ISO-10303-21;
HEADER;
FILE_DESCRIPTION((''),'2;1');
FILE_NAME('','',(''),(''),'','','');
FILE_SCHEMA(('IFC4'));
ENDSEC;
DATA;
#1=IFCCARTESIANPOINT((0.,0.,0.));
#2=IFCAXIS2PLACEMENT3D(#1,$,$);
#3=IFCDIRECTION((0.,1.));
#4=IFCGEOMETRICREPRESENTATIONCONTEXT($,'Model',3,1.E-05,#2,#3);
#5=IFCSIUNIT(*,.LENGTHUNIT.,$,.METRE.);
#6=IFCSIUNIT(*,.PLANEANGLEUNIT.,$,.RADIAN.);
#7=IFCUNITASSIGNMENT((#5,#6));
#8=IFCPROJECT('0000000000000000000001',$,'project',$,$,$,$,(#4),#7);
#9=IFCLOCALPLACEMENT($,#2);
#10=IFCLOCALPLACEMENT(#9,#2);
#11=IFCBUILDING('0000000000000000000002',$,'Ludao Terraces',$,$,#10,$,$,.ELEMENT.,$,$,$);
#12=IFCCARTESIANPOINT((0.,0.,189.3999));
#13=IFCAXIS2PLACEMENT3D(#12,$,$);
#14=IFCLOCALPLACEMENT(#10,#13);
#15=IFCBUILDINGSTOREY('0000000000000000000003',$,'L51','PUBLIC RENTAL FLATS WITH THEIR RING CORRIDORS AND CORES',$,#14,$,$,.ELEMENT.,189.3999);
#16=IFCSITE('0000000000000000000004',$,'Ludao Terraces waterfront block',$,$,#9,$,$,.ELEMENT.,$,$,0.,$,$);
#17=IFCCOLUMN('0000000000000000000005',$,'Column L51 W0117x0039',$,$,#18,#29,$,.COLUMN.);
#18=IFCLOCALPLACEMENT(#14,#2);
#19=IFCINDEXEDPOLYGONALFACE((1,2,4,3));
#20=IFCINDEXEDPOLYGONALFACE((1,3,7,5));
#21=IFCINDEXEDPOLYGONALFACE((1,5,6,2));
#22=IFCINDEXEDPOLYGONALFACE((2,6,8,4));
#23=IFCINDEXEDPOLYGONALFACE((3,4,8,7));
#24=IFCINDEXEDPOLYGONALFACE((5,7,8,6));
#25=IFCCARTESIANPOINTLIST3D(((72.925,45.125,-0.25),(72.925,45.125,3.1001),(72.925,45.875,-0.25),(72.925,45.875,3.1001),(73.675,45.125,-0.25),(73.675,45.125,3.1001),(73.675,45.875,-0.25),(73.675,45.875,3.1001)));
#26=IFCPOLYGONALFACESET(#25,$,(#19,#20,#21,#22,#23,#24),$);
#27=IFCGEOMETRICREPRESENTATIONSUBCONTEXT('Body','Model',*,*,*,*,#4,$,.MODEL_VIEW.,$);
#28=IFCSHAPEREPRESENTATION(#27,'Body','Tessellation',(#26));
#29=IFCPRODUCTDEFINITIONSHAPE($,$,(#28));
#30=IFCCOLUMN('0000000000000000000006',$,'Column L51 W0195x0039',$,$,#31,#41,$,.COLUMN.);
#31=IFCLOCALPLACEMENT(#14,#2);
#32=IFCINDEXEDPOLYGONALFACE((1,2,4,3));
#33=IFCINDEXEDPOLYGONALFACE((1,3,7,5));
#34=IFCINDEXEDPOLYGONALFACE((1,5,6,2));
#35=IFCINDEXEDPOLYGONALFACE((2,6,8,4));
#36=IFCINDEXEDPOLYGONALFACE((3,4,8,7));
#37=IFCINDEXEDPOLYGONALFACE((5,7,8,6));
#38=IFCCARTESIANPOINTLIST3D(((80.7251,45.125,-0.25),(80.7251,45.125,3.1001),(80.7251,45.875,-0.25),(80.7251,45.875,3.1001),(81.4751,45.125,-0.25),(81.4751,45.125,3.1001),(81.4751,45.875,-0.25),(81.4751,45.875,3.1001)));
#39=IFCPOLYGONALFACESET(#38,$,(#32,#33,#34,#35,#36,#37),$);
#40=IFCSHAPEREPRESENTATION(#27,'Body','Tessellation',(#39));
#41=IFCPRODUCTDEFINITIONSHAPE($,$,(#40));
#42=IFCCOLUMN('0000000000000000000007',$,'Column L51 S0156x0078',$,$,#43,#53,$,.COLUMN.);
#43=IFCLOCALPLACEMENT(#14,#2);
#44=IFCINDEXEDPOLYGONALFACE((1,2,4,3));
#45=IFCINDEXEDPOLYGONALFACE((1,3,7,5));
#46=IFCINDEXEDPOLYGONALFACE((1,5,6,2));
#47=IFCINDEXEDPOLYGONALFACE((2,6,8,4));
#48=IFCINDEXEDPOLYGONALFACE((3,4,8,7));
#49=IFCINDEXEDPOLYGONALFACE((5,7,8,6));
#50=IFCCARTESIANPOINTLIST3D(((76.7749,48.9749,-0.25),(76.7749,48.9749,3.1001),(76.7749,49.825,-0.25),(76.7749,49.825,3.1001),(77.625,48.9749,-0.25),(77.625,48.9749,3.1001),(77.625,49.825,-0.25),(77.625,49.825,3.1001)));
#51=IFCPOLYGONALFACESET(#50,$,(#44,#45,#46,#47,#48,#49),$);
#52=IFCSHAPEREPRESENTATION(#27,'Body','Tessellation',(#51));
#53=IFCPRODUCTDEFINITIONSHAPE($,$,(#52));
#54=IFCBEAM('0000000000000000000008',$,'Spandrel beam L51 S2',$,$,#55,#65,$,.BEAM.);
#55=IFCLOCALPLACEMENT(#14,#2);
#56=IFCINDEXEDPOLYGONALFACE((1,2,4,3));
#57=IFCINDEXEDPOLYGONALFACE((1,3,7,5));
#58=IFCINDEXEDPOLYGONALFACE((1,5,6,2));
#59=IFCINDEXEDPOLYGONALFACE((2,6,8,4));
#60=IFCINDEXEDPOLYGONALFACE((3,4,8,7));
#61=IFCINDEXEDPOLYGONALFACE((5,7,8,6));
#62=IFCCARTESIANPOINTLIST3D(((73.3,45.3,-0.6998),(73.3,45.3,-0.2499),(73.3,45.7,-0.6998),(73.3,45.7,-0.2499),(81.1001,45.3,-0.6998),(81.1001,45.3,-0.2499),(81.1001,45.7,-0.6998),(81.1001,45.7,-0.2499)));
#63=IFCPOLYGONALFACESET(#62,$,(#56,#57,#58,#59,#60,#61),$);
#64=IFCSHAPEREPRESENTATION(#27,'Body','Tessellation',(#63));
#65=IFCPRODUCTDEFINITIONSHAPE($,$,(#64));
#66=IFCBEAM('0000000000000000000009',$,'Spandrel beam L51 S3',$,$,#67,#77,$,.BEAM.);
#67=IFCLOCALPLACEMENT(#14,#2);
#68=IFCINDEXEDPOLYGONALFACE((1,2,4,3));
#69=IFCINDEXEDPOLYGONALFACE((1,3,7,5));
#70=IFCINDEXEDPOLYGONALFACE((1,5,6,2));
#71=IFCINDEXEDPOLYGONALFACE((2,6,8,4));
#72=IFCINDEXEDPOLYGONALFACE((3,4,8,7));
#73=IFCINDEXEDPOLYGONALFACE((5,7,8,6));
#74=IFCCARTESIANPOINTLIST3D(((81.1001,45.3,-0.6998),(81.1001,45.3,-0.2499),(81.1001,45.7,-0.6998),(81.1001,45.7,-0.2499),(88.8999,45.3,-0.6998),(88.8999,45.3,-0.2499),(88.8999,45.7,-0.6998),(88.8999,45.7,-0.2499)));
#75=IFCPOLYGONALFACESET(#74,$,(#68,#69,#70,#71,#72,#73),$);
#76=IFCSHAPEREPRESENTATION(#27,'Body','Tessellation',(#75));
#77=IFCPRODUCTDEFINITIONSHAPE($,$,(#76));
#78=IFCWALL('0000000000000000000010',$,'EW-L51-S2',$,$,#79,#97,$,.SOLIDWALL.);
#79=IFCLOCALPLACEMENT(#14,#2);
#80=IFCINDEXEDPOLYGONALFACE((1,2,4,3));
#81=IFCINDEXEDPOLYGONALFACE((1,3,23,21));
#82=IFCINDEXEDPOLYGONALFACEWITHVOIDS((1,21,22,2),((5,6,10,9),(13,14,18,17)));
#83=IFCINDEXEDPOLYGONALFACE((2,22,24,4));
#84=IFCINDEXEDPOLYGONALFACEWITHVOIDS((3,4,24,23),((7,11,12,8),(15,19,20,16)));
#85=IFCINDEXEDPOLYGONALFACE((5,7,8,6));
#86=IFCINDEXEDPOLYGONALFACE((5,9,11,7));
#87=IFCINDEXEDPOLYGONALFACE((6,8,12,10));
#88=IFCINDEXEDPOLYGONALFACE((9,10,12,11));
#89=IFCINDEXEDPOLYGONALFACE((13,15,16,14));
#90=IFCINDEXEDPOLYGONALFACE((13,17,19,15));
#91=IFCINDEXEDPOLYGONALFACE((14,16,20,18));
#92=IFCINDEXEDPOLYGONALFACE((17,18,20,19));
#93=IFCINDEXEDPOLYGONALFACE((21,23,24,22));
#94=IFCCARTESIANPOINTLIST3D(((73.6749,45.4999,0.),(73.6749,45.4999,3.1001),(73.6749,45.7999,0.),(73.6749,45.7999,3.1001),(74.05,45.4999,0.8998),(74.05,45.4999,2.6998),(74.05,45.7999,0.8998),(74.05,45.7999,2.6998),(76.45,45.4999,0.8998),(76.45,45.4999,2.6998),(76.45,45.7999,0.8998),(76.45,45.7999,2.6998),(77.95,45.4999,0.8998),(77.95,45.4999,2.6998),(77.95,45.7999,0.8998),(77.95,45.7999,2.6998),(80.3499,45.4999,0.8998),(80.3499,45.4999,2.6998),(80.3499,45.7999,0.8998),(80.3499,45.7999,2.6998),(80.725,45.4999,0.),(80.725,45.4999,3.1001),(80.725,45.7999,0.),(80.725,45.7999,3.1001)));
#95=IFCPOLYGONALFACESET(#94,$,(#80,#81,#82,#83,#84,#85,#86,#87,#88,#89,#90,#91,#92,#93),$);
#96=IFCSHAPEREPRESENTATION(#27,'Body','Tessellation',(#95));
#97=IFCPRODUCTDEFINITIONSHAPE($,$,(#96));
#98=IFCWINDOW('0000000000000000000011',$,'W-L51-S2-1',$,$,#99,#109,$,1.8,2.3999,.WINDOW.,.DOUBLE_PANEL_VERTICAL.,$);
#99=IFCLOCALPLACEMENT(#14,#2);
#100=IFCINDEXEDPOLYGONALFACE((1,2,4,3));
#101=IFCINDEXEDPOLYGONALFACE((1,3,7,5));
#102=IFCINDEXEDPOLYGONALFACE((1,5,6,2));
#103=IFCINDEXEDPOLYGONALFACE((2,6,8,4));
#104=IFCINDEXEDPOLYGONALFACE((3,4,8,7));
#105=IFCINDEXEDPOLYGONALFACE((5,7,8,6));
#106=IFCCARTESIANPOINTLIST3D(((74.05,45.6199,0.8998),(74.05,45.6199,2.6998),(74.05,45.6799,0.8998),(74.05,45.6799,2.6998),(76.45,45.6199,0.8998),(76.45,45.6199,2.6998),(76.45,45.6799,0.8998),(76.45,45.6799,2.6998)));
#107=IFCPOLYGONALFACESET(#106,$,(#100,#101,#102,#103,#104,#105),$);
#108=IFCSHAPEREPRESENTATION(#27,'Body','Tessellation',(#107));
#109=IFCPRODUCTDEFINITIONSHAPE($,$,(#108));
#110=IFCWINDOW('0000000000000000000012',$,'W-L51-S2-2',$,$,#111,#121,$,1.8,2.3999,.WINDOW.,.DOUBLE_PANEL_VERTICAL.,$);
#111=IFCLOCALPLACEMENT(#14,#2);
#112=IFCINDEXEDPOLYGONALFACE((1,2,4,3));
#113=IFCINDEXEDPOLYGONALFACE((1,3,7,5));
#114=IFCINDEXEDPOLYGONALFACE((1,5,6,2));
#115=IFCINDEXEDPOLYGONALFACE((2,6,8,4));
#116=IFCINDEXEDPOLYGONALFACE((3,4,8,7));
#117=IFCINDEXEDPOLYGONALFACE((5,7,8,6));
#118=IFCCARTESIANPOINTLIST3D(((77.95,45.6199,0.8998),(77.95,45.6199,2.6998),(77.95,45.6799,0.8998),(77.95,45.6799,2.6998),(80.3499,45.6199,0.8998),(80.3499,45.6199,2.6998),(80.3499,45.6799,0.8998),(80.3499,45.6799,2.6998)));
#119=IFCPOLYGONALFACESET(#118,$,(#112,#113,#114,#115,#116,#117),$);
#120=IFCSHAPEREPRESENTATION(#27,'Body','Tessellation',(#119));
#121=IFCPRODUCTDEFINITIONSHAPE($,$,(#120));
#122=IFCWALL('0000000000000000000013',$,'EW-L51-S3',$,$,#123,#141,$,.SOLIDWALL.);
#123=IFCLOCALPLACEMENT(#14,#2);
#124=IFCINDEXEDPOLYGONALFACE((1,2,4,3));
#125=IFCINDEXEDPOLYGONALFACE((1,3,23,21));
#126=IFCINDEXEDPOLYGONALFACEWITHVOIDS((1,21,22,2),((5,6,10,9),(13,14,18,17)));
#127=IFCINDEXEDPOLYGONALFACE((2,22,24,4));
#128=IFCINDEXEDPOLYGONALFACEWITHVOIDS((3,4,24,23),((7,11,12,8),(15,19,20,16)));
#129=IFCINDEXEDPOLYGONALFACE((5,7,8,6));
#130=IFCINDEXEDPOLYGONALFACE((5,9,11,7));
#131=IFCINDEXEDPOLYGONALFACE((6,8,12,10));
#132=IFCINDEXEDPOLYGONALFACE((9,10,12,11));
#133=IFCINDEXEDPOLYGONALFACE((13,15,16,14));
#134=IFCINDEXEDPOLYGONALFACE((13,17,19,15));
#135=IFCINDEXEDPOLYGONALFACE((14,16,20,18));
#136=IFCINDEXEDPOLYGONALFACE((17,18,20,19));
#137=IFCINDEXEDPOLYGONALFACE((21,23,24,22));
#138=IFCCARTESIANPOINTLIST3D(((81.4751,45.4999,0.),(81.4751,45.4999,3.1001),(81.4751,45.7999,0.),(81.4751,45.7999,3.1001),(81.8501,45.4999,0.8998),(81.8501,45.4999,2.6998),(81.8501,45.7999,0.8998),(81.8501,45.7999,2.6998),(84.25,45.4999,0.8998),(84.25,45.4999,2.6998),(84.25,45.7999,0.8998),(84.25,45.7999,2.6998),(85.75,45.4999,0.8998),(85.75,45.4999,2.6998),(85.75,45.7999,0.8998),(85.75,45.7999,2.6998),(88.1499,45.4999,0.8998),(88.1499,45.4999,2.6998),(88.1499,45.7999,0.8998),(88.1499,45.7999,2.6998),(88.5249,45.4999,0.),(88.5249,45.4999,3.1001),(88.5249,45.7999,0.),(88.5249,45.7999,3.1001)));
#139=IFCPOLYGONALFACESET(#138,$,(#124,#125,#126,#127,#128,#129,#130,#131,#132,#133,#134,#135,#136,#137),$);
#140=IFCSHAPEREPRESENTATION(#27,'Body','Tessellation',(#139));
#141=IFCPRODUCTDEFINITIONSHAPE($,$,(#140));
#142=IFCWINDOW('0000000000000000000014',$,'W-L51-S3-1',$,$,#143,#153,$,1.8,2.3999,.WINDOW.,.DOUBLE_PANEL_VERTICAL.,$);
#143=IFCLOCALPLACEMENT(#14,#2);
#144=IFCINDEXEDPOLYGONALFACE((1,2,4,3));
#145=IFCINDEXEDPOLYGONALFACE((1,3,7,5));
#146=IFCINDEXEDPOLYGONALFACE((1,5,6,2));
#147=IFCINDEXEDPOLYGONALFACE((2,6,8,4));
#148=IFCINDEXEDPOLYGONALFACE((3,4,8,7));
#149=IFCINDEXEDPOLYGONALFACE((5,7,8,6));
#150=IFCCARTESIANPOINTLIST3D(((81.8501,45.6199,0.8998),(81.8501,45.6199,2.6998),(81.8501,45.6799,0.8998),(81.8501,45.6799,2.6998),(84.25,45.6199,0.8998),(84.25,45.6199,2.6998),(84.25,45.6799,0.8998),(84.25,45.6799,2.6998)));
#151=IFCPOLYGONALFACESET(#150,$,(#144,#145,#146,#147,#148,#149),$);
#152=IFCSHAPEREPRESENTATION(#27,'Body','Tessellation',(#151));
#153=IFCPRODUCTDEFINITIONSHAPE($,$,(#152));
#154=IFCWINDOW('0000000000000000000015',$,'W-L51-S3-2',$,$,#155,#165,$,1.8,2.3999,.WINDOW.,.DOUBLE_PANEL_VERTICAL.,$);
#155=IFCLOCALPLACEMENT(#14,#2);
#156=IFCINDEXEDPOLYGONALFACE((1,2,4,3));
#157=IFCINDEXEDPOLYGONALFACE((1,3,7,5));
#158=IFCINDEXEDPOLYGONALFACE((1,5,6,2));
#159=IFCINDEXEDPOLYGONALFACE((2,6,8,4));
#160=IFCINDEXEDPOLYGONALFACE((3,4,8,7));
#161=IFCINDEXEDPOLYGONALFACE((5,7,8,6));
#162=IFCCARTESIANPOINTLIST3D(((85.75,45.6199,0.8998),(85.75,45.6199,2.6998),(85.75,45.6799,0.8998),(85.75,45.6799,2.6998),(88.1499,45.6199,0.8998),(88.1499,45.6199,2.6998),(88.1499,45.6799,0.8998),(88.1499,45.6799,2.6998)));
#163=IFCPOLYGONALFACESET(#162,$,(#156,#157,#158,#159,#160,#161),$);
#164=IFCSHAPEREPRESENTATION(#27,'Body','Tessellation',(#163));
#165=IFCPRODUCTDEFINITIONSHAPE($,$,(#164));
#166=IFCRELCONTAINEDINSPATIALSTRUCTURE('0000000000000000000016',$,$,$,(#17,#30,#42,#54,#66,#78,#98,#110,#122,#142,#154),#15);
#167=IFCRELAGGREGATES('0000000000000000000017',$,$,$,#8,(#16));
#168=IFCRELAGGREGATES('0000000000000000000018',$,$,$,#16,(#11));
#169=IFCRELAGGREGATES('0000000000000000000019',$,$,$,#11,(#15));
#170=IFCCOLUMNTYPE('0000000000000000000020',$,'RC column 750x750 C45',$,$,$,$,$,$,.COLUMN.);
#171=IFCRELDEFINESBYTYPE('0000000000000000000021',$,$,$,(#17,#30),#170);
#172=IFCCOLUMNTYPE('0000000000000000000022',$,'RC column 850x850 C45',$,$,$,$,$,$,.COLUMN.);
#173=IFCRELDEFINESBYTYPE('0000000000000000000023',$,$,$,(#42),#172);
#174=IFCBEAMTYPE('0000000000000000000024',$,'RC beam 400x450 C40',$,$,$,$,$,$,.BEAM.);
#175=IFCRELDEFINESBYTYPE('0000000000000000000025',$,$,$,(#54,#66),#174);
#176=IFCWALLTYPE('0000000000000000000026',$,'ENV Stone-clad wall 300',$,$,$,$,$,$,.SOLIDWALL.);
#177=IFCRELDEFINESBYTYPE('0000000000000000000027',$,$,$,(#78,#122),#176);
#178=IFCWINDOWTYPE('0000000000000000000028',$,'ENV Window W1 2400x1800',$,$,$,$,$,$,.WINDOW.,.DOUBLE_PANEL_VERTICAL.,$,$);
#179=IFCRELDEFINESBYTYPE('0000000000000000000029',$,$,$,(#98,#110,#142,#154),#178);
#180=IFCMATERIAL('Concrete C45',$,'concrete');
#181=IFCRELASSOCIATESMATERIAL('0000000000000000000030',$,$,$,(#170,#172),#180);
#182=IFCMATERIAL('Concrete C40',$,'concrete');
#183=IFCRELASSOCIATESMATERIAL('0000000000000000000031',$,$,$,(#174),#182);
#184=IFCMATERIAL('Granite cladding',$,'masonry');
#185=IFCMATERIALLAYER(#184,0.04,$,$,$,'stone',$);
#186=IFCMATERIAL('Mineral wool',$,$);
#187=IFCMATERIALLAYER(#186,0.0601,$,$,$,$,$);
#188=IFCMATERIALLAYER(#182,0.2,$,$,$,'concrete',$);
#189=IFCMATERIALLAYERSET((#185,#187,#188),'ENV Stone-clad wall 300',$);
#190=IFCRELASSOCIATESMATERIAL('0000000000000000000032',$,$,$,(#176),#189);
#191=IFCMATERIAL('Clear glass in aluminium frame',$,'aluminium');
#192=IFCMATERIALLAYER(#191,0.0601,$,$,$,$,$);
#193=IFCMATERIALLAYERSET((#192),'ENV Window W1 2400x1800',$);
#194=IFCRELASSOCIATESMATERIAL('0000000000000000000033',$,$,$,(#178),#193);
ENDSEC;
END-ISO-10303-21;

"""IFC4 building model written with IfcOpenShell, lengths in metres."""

from ifc_helpers import new_model, si_unit, direction, frame, frame_2d, origin, origin_2d, place, context, subcontext, project, spatial, rectangle, extrude, material, layer, layer_set, material_profile, profile_set, type_object, element, fill, save


model = new_model("IFC4")

# Units and contexts
model_context = context("Model", 3, precision=1e-05, world=origin(), true_north=direction((0.0, 1.0)))
body_context = subcontext(model_context, "Body", "Model", "MODEL_VIEW")
ifc_project = project(units=[si_unit("LENGTHUNIT", "METRE"), si_unit("PLANEANGLEUNIT", "RADIAN")], contexts=[model_context])

# Site, building, storey
site_placement = place(None, origin())
site = spatial("IfcSite", under=ifc_project, at=site_placement, Name="Ludao Terraces waterfront block", CompositionType="ELEMENT", RefElevation=0.0)
building_placement = place(site_placement, origin())
building = spatial("IfcBuilding", under=site, at=building_placement, Name="Ludao Terraces", CompositionType="ELEMENT")
storey_placement = place(building_placement, frame((0.0, 0.0, 189.3999)))
storey = spatial("IfcBuildingStorey", under=building, at=storey_placement, Name="L51", Description="PUBLIC RENTAL FLATS WITH THEIR RING CORRIDORS AND CORES", CompositionType="ELEMENT", Elevation=189.3999)

# Columns
ifc_material_1 = material(Name="Concrete C45", Category="concrete")
ifc_material_profile_1 = material_profile(ifc_material_1, rectangle(XDim=0.75, YDim=0.75, at=origin_2d()), Name="750 X 750")
ifc_profile_set_1 = profile_set([ifc_material_profile_1], Name="Concrete C45")
column_type_1 = type_object("IfcColumnType", Name="RC column 750x750 C45", PredefinedType="COLUMN", material=ifc_profile_set_1)
for number, where, z_axis, x_axis, name in (
    (1, (73.3, 45.5, -0.25), (0.0, 0.0, 1.0), (1.0, 0.0, 0.0), "Column L51 W0117x0039"),
    (2, (81.1001, 45.5, -0.25), (0.0, 0.0, 1.0), (1.0, 0.0, 0.0), "Column L51 W0195x0039"),
):
    element("IfcColumn", number, at=place(storey_placement, frame(where, z_axis=z_axis, x_axis=x_axis)), inside=storey, type_object=column_type_1, Name=name, PredefinedType="COLUMN", context=body_context, shape_type="SweptSolid", body=[
        extrude(rectangle(XDim=0.75, YDim=0.75, at=origin_2d()), origin(), (0.0, 0.0, 1.0), 3.3501),
    ])
ifc_material_profile_2 = material_profile(ifc_material_1, rectangle(XDim=0.8501, YDim=0.8501, at=origin_2d()), Name="850 X 850")
ifc_profile_set_2 = profile_set([ifc_material_profile_2], Name="Concrete C45")
column_type_2 = type_object("IfcColumnType", Name="RC column 850x850 C45", PredefinedType="COLUMN", material=ifc_profile_set_2)
column_placement = place(storey_placement, frame((77.2, 49.3999, -0.25), z_axis=(0.0, 0.0, 1.0), x_axis=(1.0, 0.0, 0.0)))
element("IfcColumn", 3, at=column_placement, inside=storey, type_object=column_type_2, Name="Column L51 S0156x0078", PredefinedType="COLUMN", context=body_context, shape_type="SweptSolid", body=[
    extrude(rectangle(XDim=0.8501, YDim=0.8501, at=origin_2d()), origin(), (0.0, 0.0, 1.0), 3.3501),
])

# Beams
ifc_material_2 = material(Name="Concrete C40", Category="concrete")
ifc_material_profile_3 = material_profile(ifc_material_2, rectangle(XDim=0.3999, YDim=0.45, at=origin_2d()), Name="400 X 450")
ifc_profile_set_3 = profile_set([ifc_material_profile_3], Name="Concrete C40")
beam_type = type_object("IfcBeamType", Name="RC beam 400x450 C40", PredefinedType="BEAM", material=ifc_profile_set_3)
beam_1_placement = place(storey_placement, frame((73.3, 45.5, -0.4749), z_axis=(1.0, 0.0, 0.0), x_axis=(0.0, 1.0, 0.0)))
element("IfcBeam", 4, at=beam_1_placement, inside=storey, type_object=beam_type, Name="Spandrel beam L51 S2", PredefinedType="BEAM", context=body_context, shape_type="SweptSolid", body=[
    extrude(rectangle(XDim=0.3999, YDim=0.45, at=origin_2d()), origin(), (0.0, 0.0, 1.0), 7.8),
])
beam_2_placement = place(storey_placement, frame((81.1001, 45.5, -0.4749), z_axis=(1.0, 0.0, 0.0), x_axis=(0.0, 1.0, 0.0)))
element("IfcBeam", 5, at=beam_2_placement, inside=storey, type_object=beam_type, Name="Spandrel beam L51 S3", PredefinedType="BEAM", context=body_context, shape_type="SweptSolid", body=[
    extrude(rectangle(XDim=0.3999, YDim=0.45, at=origin_2d()), origin(), (0.0, 0.0, 1.0), 7.7998),
])

# Walls, openings, windows
ifc_material_3 = material(Name="Granite cladding", Category="masonry")
ifc_layer_1 = layer(ifc_material_3, 0.04, Category="stone")
ifc_material_4 = material(Name="Mineral wool")
ifc_layer_2 = layer(ifc_material_4, 0.0601)
ifc_layer_3 = layer(ifc_material_2, 0.2, Category="concrete")
ifc_layer_set_1 = layer_set([ifc_layer_1, ifc_layer_2, ifc_layer_3], Name="ENV Stone-clad wall 300")
wall_type_1 = type_object("IfcWallType", Name="ENV Stone-clad wall 300", PredefinedType="SOLIDWALL", material=ifc_layer_set_1)
wall_1_placement = place(storey_placement, frame((73.675, 45.6499, 0.0), z_axis=(0.0, 0.0, 1.0), x_axis=(1.0, 0.0, 0.0)))
wall_1 = element("IfcWall", 6, at=wall_1_placement, inside=storey, type_object=wall_type_1, Name="EW-L51-S2", PredefinedType="SOLIDWALL", context=body_context, shape_type="SweptSolid", body=[
    extrude(rectangle(XDim=7.05, YDim=0.3, at=frame_2d((3.5249, 0.0))), origin(), (0.0, 0.0, 1.0), 3.1001),
])
opening_1_placement = place(wall_1_placement, frame((0.375, 0.0, 0.8999)))
opening_1 = element("IfcOpeningElement", 7, at=opening_1_placement, cuts=wall_1, PredefinedType="OPENING", context=body_context, shape_type="SweptSolid", body=[
    extrude(rectangle(XDim=2.3999, YDim=1.8, at=frame_2d((1.2, 0.8999))), frame((0.0, 0.1602, 0.0), z_axis=(0.0, -1.0, 0.0), x_axis=(1.0, 0.0, 0.0)), (0.0, 0.0, 1.0), 0.3201),
])
opening_2_placement = place(wall_1_placement, frame((4.2749, 0.0, 0.8999)))
opening_2 = element("IfcOpeningElement", 8, at=opening_2_placement, cuts=wall_1, PredefinedType="OPENING", context=body_context, shape_type="SweptSolid", body=[
    extrude(rectangle(XDim=2.3999, YDim=1.8, at=frame_2d((1.2, 0.8999))), frame((0.0, 0.1602, 0.0), z_axis=(0.0, -1.0, 0.0), x_axis=(1.0, 0.0, 0.0)), (0.0, 0.0, 1.0), 0.3201),
])
ifc_material_5 = material(Name="Clear glass in aluminium frame", Category="aluminium")
ifc_layer_4 = layer(ifc_material_5, 0.0601)
ifc_layer_set_2 = layer_set([ifc_layer_4], Name="ENV Window W1 2400x1800")
window_type = type_object("IfcWindowType", Name="ENV Window W1 2400x1800", PartitioningType="DOUBLE_PANEL_VERTICAL", PredefinedType="WINDOW", material=ifc_layer_set_2)
window_1_placement = place(opening_1_placement, origin())
window_1 = element("IfcWindow", 9, at=window_1_placement, inside=storey, type_object=window_type, Name="W-L51-S2-1", OverallHeight=1.8, OverallWidth=2.3999, PartitioningType="DOUBLE_PANEL_VERTICAL", PredefinedType="WINDOW", context=body_context, shape_type="SweptSolid", body=[
    extrude(rectangle(XDim=2.3999, YDim=1.8, at=frame_2d((1.2, 0.8999))), frame((0.0, 0.03, 0.0), z_axis=(0.0, -1.0, 0.0), x_axis=(1.0, 0.0, 0.0)), (0.0, 0.0, 1.0), 0.0601),
])
fill(opening_1, window_1)
window_2_placement = place(opening_2_placement, origin())
window_2 = element("IfcWindow", 10, at=window_2_placement, inside=storey, type_object=window_type, Name="W-L51-S2-2", OverallHeight=1.8, OverallWidth=2.3999, PartitioningType="DOUBLE_PANEL_VERTICAL", PredefinedType="WINDOW", context=body_context, shape_type="SweptSolid", body=[
    extrude(rectangle(XDim=2.3999, YDim=1.8, at=frame_2d((1.2, 0.8999))), frame((0.0, 0.03, 0.0), z_axis=(0.0, -1.0, 0.0), x_axis=(1.0, 0.0, 0.0)), (0.0, 0.0, 1.0), 0.0601),
])
fill(opening_2, window_2)
wall_2_placement = place(storey_placement, frame((81.4751, 45.6499, 0.0), z_axis=(0.0, 0.0, 1.0), x_axis=(1.0, 0.0, 0.0)))
wall_2 = element("IfcWall", 11, at=wall_2_placement, inside=storey, type_object=wall_type_1, Name="EW-L51-S3", PredefinedType="SOLIDWALL", context=body_context, shape_type="SweptSolid", body=[
    extrude(rectangle(XDim=7.0498, YDim=0.3, at=frame_2d((3.5249, 0.0))), origin(), (0.0, 0.0, 1.0), 3.1001),
])
opening_3_placement = place(wall_2_placement, frame((0.375, 0.0, 0.8999)))
opening_3 = element("IfcOpeningElement", 12, at=opening_3_placement, cuts=wall_2, PredefinedType="OPENING", context=body_context, shape_type="SweptSolid", body=[
    extrude(rectangle(XDim=2.3999, YDim=1.8, at=frame_2d((1.2, 0.8999))), frame((0.0, 0.1602, 0.0), z_axis=(0.0, -1.0, 0.0), x_axis=(1.0, 0.0, 0.0)), (0.0, 0.0, 1.0), 0.3201),
])
opening_4_placement = place(wall_2_placement, frame((4.2749, 0.0, 0.8999)))
opening_4 = element("IfcOpeningElement", 13, at=opening_4_placement, cuts=wall_2, PredefinedType="OPENING", context=body_context, shape_type="SweptSolid", body=[
    extrude(rectangle(XDim=2.3999, YDim=1.8, at=frame_2d((1.2, 0.8999))), frame((0.0, 0.1602, 0.0), z_axis=(0.0, -1.0, 0.0), x_axis=(1.0, 0.0, 0.0)), (0.0, 0.0, 1.0), 0.3201),
])
window_3_placement = place(opening_3_placement, origin())
window_3 = element("IfcWindow", 14, at=window_3_placement, inside=storey, type_object=window_type, Name="W-L51-S3-1", OverallHeight=1.8, OverallWidth=2.3999, PartitioningType="DOUBLE_PANEL_VERTICAL", PredefinedType="WINDOW", context=body_context, shape_type="SweptSolid", body=[
    extrude(rectangle(XDim=2.3999, YDim=1.8, at=frame_2d((1.2, 0.8999))), frame((0.0, 0.03, 0.0), z_axis=(0.0, -1.0, 0.0), x_axis=(1.0, 0.0, 0.0)), (0.0, 0.0, 1.0), 0.0601),
])
fill(opening_3, window_3)
window_4_placement = place(opening_4_placement, origin())
window_4 = element("IfcWindow", 15, at=window_4_placement, inside=storey, type_object=window_type, Name="W-L51-S3-2", OverallHeight=1.8, OverallWidth=2.3999, PartitioningType="DOUBLE_PANEL_VERTICAL", PredefinedType="WINDOW", context=body_context, shape_type="SweptSolid", body=[
    extrude(rectangle(XDim=2.3999, YDim=1.8, at=frame_2d((1.2, 0.8999))), frame((0.0, 0.03, 0.0), z_axis=(0.0, -1.0, 0.0), x_axis=(1.0, 0.0, 0.0)), (0.0, 0.0, 1.0), 0.0601),
])
fill(opening_4, window_4)

save(model, "model.ifc")
